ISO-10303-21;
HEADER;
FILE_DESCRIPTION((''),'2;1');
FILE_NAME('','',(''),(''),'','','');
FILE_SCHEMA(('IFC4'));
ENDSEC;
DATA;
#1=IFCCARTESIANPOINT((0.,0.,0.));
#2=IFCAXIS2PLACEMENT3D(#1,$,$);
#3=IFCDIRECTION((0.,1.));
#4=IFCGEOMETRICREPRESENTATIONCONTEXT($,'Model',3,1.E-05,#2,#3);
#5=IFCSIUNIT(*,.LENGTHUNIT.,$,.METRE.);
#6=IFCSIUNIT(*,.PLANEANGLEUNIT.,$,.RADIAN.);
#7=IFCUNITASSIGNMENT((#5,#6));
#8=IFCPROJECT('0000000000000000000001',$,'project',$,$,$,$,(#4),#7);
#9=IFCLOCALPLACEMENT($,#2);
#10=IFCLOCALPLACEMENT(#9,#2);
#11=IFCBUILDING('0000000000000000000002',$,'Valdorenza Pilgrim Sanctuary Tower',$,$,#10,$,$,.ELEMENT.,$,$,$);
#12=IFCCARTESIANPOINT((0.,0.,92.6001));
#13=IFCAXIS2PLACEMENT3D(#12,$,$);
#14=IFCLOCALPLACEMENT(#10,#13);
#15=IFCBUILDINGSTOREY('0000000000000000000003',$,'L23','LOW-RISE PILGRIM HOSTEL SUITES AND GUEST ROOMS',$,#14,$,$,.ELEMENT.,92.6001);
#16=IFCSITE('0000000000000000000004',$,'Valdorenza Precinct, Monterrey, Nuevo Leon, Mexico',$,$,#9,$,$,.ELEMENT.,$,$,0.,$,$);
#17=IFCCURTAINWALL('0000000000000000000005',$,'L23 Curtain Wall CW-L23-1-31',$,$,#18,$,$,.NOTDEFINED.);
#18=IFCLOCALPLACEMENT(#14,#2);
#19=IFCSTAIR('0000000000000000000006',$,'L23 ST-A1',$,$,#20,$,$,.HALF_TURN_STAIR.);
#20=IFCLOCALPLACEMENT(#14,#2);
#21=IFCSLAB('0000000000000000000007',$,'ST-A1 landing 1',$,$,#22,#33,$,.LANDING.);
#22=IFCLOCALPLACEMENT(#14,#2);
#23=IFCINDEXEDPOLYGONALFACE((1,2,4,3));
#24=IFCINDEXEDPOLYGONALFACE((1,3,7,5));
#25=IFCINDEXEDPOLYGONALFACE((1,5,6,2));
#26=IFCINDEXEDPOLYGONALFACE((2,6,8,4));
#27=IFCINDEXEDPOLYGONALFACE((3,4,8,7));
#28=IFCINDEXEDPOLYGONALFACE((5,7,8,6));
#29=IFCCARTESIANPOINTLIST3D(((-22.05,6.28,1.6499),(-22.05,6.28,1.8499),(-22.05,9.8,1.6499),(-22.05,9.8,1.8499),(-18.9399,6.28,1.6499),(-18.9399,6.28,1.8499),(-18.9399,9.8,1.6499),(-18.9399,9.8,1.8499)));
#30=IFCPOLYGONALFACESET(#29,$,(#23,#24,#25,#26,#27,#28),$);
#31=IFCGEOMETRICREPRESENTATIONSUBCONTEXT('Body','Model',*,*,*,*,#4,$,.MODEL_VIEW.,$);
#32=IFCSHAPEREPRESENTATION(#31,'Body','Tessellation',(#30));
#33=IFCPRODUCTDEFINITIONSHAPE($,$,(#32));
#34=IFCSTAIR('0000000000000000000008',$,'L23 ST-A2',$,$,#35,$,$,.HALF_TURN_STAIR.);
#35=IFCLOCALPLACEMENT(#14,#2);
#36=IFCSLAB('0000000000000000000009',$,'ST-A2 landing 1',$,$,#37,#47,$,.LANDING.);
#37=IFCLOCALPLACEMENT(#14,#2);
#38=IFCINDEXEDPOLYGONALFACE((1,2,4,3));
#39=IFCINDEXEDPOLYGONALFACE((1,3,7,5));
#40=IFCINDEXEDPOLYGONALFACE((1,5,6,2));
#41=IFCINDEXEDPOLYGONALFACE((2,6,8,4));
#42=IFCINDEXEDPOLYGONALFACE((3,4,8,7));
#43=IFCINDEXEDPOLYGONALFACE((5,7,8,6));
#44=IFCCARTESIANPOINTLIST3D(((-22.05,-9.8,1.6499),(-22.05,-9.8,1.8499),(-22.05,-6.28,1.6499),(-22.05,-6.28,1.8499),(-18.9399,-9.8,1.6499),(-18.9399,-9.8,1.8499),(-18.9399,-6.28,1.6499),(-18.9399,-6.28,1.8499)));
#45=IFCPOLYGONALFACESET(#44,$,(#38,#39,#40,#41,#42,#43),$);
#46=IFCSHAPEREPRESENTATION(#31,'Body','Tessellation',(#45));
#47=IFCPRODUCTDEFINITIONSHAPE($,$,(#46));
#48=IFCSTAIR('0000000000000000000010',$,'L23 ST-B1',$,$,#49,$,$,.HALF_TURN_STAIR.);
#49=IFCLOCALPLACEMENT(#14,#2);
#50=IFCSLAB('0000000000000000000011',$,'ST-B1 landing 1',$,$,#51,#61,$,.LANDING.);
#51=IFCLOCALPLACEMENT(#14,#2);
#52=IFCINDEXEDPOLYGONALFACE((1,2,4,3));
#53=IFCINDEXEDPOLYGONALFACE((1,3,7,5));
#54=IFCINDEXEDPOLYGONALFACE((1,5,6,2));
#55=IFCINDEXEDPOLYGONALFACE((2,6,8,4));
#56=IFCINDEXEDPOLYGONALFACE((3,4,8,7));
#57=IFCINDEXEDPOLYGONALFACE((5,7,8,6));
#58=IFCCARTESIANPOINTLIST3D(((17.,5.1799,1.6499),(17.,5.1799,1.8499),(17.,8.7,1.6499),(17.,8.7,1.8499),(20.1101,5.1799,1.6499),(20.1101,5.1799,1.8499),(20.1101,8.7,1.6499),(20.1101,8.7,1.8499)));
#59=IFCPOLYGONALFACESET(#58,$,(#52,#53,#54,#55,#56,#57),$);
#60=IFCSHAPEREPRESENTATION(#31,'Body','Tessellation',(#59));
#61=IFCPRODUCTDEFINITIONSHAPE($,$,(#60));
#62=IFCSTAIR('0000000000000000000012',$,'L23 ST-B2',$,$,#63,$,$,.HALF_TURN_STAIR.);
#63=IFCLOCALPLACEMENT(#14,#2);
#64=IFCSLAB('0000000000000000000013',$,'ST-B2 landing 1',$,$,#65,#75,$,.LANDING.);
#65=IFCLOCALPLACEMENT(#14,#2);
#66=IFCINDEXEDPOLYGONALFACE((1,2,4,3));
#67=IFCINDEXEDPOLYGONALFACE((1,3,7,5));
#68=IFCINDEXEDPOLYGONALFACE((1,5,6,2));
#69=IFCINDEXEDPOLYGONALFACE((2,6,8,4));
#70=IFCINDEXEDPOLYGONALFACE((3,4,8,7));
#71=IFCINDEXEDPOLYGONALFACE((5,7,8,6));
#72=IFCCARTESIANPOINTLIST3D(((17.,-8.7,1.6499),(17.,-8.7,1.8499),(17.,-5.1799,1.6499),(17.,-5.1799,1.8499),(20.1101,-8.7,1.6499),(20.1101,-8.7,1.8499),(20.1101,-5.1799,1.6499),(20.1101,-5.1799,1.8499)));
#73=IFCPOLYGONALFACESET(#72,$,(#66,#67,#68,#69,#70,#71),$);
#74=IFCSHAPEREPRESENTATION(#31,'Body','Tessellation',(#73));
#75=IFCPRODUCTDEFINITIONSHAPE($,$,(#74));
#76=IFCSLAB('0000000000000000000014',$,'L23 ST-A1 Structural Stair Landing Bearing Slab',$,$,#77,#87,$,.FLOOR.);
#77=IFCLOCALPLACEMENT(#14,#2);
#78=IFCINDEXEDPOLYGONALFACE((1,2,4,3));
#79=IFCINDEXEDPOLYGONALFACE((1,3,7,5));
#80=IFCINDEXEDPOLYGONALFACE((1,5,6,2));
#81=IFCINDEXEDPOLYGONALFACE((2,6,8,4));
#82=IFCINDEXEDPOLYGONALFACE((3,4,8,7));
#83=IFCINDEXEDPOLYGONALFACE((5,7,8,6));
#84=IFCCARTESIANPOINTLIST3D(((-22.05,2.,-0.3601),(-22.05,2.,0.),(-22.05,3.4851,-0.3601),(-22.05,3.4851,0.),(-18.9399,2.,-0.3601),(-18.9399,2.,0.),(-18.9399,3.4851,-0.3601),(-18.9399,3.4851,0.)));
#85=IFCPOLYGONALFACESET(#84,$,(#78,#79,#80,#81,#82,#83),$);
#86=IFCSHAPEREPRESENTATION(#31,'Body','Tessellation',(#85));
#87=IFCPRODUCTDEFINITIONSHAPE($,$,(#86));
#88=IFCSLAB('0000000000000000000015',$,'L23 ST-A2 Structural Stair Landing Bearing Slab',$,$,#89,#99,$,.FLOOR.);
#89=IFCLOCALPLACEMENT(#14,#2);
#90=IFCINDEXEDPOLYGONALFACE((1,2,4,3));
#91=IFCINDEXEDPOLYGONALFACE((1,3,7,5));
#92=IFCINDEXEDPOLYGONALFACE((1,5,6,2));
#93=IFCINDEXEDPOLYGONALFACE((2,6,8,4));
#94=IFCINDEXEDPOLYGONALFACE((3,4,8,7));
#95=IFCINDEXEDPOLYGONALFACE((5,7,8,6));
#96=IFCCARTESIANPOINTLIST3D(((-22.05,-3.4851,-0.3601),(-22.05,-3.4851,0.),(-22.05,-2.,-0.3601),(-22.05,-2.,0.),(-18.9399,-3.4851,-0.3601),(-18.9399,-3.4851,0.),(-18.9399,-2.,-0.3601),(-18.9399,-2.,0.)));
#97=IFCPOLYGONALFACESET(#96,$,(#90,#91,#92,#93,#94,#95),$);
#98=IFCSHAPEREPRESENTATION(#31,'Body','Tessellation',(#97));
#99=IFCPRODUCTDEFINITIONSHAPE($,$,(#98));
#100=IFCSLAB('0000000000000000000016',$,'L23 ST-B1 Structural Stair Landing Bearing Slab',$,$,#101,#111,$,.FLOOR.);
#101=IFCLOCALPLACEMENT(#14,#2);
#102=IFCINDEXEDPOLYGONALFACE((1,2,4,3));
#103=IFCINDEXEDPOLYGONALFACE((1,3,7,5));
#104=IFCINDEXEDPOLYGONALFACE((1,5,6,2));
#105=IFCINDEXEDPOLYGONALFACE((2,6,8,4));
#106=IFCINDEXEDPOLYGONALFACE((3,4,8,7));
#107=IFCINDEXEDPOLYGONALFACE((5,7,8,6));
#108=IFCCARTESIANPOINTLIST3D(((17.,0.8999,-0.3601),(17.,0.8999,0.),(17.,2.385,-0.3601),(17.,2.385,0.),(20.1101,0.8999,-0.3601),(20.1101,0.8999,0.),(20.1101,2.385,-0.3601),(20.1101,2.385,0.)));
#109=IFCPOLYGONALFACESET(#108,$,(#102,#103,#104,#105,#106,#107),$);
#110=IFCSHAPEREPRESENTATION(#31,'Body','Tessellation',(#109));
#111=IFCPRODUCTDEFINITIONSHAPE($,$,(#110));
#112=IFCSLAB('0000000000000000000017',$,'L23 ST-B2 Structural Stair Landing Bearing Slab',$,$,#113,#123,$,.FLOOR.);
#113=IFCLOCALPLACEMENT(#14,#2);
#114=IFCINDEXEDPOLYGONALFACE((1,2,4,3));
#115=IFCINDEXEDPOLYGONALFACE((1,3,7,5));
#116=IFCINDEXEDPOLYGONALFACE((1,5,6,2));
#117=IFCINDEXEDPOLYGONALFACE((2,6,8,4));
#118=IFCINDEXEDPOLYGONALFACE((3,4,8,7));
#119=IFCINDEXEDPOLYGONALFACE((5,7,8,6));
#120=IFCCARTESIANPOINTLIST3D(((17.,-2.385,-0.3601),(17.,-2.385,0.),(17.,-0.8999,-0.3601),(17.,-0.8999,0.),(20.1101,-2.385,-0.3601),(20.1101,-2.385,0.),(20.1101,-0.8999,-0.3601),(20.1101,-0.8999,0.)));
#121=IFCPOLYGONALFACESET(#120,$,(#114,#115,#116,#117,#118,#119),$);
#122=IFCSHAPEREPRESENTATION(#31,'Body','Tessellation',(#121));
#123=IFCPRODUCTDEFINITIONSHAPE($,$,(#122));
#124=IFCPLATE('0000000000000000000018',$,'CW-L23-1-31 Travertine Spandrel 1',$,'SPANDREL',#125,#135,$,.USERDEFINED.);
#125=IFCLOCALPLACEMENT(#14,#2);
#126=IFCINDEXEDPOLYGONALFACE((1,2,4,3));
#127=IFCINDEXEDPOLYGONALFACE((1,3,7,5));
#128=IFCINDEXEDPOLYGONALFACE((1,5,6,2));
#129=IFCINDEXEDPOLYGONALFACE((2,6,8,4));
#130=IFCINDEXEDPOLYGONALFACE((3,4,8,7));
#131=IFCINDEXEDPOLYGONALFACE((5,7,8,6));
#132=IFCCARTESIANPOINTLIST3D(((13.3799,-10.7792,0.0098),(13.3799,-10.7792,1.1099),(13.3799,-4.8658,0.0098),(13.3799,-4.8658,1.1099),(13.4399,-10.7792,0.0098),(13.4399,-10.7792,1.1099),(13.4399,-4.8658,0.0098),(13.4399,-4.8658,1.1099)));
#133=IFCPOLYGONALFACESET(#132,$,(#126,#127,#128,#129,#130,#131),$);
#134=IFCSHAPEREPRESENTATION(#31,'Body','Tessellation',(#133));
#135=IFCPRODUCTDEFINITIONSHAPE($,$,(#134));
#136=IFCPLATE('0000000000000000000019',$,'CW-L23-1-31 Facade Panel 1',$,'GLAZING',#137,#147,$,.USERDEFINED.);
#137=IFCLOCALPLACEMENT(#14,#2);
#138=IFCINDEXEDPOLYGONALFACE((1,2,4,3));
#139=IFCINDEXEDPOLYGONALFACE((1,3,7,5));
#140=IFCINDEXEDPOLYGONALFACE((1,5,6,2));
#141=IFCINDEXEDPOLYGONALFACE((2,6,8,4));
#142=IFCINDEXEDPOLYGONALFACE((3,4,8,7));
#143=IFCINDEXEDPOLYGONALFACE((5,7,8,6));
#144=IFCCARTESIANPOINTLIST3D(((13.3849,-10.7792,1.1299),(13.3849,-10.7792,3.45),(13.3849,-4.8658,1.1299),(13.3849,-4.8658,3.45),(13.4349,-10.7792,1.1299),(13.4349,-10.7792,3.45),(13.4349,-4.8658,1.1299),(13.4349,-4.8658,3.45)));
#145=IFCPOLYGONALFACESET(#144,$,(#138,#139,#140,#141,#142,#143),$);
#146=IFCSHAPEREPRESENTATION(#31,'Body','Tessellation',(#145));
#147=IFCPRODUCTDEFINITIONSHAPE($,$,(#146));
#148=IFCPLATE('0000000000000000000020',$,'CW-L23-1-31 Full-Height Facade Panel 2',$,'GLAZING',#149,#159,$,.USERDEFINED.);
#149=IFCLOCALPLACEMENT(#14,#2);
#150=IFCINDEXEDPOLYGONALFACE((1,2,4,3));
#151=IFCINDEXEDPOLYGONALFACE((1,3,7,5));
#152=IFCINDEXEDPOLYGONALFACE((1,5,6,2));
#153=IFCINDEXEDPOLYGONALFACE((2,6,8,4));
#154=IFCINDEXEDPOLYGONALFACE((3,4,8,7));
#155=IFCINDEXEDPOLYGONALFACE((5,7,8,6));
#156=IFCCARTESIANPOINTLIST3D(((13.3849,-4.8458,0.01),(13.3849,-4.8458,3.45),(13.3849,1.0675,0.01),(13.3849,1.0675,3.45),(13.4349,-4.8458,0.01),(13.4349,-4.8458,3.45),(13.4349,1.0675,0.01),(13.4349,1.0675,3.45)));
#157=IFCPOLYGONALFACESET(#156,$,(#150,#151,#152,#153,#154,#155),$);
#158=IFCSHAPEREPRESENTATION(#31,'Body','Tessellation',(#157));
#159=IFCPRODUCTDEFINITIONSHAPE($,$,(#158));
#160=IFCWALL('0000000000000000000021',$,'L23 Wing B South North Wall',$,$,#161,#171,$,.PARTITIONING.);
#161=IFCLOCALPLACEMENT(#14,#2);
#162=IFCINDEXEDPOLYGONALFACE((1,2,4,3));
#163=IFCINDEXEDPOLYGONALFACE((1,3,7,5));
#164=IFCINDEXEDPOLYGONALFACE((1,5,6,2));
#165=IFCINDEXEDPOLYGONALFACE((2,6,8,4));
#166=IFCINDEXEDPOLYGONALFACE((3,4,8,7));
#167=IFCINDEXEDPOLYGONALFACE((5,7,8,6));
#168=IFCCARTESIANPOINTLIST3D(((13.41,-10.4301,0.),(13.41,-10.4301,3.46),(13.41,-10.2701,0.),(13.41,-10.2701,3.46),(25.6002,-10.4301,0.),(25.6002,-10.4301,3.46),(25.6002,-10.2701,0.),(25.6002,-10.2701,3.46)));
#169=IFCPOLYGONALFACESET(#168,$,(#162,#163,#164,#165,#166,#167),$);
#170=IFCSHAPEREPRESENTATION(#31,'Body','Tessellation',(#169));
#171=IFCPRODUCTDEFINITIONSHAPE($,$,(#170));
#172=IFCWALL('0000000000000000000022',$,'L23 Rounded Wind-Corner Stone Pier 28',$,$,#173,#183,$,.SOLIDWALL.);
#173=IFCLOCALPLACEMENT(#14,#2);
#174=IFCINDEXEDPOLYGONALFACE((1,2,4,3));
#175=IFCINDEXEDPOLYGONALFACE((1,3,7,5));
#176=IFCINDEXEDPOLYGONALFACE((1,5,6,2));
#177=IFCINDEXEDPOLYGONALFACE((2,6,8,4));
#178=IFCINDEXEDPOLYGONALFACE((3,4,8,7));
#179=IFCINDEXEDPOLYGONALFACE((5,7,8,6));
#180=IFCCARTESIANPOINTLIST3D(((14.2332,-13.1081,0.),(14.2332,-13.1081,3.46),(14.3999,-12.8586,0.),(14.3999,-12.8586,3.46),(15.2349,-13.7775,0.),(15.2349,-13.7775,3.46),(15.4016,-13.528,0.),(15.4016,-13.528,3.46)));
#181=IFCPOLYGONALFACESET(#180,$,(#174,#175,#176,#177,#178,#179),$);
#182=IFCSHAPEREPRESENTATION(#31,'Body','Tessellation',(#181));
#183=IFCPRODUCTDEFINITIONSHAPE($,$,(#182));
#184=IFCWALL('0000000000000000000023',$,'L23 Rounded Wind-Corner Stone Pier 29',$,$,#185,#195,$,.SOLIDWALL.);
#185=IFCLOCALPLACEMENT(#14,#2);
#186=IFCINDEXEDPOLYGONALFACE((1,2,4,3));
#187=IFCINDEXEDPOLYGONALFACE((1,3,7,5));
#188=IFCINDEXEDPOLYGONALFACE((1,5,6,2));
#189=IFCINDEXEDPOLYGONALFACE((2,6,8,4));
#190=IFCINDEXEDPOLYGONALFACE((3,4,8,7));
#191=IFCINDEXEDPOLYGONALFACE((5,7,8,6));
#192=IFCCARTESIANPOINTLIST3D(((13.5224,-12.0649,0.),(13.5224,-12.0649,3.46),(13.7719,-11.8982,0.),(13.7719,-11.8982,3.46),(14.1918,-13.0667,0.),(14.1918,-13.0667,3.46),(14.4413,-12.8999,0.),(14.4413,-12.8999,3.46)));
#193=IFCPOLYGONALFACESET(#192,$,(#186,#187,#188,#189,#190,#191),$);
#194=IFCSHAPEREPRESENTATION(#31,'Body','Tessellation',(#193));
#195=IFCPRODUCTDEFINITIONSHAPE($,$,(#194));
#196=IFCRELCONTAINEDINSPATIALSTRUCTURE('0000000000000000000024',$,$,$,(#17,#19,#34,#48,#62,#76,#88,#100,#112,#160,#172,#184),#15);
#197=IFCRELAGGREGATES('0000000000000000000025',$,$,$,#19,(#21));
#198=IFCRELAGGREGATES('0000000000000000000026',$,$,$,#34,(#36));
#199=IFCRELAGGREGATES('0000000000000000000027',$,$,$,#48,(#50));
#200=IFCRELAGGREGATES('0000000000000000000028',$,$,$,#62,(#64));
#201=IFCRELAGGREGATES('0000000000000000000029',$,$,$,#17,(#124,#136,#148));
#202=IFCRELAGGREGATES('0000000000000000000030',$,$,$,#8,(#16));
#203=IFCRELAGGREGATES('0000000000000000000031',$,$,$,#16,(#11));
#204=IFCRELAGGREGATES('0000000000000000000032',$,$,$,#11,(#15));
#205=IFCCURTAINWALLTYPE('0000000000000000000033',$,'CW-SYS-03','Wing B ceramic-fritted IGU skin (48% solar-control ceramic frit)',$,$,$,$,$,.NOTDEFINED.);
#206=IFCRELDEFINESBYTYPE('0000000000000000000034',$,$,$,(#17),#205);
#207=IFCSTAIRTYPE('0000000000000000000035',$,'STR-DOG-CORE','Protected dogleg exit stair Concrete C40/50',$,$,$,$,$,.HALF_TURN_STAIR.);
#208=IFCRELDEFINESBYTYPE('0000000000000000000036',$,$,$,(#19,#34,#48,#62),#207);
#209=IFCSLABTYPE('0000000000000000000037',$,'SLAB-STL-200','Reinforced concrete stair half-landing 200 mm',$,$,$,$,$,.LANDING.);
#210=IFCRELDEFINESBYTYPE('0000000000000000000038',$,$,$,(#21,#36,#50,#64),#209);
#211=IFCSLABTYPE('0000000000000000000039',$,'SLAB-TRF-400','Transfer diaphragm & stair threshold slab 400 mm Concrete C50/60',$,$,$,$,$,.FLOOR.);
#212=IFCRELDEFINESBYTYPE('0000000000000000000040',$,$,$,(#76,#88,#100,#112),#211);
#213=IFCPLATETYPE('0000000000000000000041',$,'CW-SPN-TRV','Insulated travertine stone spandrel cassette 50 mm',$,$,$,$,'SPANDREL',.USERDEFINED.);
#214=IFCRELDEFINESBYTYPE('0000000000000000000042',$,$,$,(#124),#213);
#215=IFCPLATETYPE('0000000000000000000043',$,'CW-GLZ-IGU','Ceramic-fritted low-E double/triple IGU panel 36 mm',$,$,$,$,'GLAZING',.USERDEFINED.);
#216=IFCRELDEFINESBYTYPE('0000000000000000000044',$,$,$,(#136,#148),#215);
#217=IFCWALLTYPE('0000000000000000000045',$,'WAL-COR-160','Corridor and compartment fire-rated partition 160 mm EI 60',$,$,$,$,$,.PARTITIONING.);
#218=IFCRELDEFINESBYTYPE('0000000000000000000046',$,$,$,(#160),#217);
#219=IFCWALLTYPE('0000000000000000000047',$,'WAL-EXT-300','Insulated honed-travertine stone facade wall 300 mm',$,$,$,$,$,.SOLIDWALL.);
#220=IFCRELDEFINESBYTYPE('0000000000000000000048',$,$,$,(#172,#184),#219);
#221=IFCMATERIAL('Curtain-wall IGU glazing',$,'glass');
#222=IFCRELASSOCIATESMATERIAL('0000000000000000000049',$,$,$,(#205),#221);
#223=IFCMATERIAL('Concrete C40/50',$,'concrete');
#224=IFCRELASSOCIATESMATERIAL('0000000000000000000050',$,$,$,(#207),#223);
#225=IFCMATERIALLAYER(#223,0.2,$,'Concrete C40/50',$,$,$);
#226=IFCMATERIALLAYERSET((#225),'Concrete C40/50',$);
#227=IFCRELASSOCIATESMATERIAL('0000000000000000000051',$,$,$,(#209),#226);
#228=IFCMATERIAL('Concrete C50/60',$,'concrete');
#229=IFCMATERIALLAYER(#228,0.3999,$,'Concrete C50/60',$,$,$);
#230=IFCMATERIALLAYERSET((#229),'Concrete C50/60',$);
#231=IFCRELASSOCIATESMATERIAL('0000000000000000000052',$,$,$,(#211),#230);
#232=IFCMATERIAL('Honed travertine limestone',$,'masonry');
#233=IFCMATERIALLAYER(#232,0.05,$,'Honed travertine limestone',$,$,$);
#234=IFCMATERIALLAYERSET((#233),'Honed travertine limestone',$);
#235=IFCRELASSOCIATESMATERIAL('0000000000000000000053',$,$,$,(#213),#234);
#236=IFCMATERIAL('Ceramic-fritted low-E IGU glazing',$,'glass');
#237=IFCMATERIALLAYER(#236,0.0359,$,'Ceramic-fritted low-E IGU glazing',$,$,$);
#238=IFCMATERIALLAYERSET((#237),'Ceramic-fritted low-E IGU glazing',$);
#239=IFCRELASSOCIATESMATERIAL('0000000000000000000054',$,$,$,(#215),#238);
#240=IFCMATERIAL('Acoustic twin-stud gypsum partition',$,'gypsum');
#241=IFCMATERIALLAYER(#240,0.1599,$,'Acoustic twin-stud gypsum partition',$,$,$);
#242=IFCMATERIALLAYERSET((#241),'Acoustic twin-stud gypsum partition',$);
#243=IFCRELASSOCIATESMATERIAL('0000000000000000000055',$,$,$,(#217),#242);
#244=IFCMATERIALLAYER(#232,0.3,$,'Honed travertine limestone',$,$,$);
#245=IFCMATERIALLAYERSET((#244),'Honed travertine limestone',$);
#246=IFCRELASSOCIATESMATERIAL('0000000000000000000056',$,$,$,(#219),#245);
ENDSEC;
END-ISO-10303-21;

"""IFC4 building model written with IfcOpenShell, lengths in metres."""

from ifc_helpers import new_model, si_unit, direction, frame, frame_2d, origin, origin_2d, place, context, subcontext, project, spatial, polyline, rectangle, outline, extrude, source, transform, mapped, material, layer, layer_set, type_object, element, aggregate, save


model = new_model("IFC4")

# Units and contexts
model_context = context("Model", 3, precision=1e-05, world=origin(), true_north=direction((0.0, 1.0)))
body_context = subcontext(model_context, "Body", "Model", "MODEL_VIEW")
ifc_project = project(units=[si_unit("LENGTHUNIT", "METRE"), si_unit("PLANEANGLEUNIT", "RADIAN")], contexts=[model_context])

# Site, building, storey
site_placement = place(None, origin())
site = spatial("IfcSite", under=ifc_project, at=site_placement, Name="Valdorenza Precinct, Monterrey, Nuevo Leon, Mexico", CompositionType="ELEMENT", RefElevation=0.0)
building_placement = place(site_placement, origin())
building = spatial("IfcBuilding", under=site, at=building_placement, Name="Valdorenza Pilgrim Sanctuary Tower", CompositionType="ELEMENT")
storey_placement = place(building_placement, frame((0.0, 0.0, 92.6001)))
storey = spatial("IfcBuildingStorey", under=building, at=storey_placement, Name="L23", Description="LOW-RISE PILGRIM HOSTEL SUITES AND GUEST ROOMS", CompositionType="ELEMENT", Elevation=92.6001)

# Curtain wall
ifc_material_1 = material(Name="Curtain-wall IGU glazing", Category="glass")
curtain_wall_type = type_object("IfcCurtainWallType", Name="CW-SYS-03", Description="Wing B ceramic-fritted IGU skin (48% solar-control ceramic frit)", PredefinedType="NOTDEFINED", material=ifc_material_1)
curtain_wall_placement = place(storey_placement, origin())
curtain_wall = element("IfcCurtainWall", 1, at=curtain_wall_placement, inside=storey, type_object=curtain_wall_type, Name="L23 Curtain Wall CW-L23-1-31", PredefinedType="NOTDEFINED")

# Shared definitions
ifc_material_2 = material(Name="Concrete C40/50", Category="concrete")

# Stairs, slabs
stair_type = type_object("IfcStairType", Name="STR-DOG-CORE", Description="Protected dogleg exit stair Concrete C40/50", PredefinedType="HALF_TURN_STAIR", material=ifc_material_2)
stair_1_placement = place(storey_placement, origin())
stair_1 = element("IfcStair", 2, at=stair_1_placement, inside=storey, type_object=stair_type, Name="L23 ST-A1", PredefinedType="HALF_TURN_STAIR")
ifc_layer_1 = layer(ifc_material_2, 0.2, Name="Concrete C40/50")
ifc_layer_set_1 = layer_set([ifc_layer_1], Name="Concrete C40/50")
slab_type_1 = type_object("IfcSlabType", Name="SLAB-STL-200", Description="Reinforced concrete stair half-landing 200 mm", PredefinedType="LANDING", material=ifc_layer_set_1)
slab_1_placement = place(storey_placement, frame((0.0, 0.0, 1.6499)))
slab_1 = element("IfcSlab", 3, at=slab_1_placement, type_object=slab_type_1, Name="ST-A1 landing 1", PredefinedType="LANDING", context=body_context, shape_type="SweptSolid", body=[
    extrude(outline(polyline([(-18.9399, 6.28), (-18.9399, 9.8), (-22.05, 9.8), (-22.05, 6.28), (-18.9399, 6.28)])), origin(), (0.0, 0.0, 1.0), 0.2),
])
aggregate(stair_1, [slab_1])
stair_2_placement = place(storey_placement, origin())
stair_2 = element("IfcStair", 4, at=stair_2_placement, inside=storey, type_object=stair_type, Name="L23 ST-A2", PredefinedType="HALF_TURN_STAIR")
slab_2_placement = place(storey_placement, frame((0.0, 0.0, 1.6499)))
slab_2 = element("IfcSlab", 5, at=slab_2_placement, type_object=slab_type_1, Name="ST-A2 landing 1", PredefinedType="LANDING", context=body_context, shape_type="SweptSolid", body=[
    extrude(outline(polyline([(-22.05, -6.28), (-22.05, -9.8), (-18.9399, -9.8), (-18.9399, -6.28), (-22.05, -6.28)])), origin(), (0.0, 0.0, 1.0), 0.2),
])
aggregate(stair_2, [slab_2])
stair_3_placement = place(storey_placement, origin())
stair_3 = element("IfcStair", 6, at=stair_3_placement, inside=storey, type_object=stair_type, Name="L23 ST-B1", PredefinedType="HALF_TURN_STAIR")
slab_3_placement = place(storey_placement, frame((0.0, 0.0, 1.6499)))
slab_3 = element("IfcSlab", 7, at=slab_3_placement, type_object=slab_type_1, Name="ST-B1 landing 1", PredefinedType="LANDING", context=body_context, shape_type="SweptSolid", body=[
    extrude(outline(polyline([(20.1101, 5.1799), (20.1101, 8.7), (17.0, 8.7), (17.0, 5.1799), (20.1101, 5.1799)])), origin(), (0.0, 0.0, 1.0), 0.2),
])
aggregate(stair_3, [slab_3])
stair_4_placement = place(storey_placement, origin())
stair_4 = element("IfcStair", 8, at=stair_4_placement, inside=storey, type_object=stair_type, Name="L23 ST-B2", PredefinedType="HALF_TURN_STAIR")
slab_4_placement = place(storey_placement, frame((0.0, 0.0, 1.6499)))
slab_4 = element("IfcSlab", 9, at=slab_4_placement, type_object=slab_type_1, Name="ST-B2 landing 1", PredefinedType="LANDING", context=body_context, shape_type="SweptSolid", body=[
    extrude(outline(polyline([(17.0, -5.1799), (17.0, -8.7), (20.1101, -8.7), (20.1101, -5.1799), (17.0, -5.1799)])), origin(), (0.0, 0.0, 1.0), 0.2),
])
aggregate(stair_4, [slab_4])

# Slabs
ifc_material_3 = material(Name="Concrete C50/60", Category="concrete")
ifc_layer_2 = layer(ifc_material_3, 0.3999, Name="Concrete C50/60")
ifc_layer_set_2 = layer_set([ifc_layer_2], Name="Concrete C50/60")
slab_type_2 = type_object("IfcSlabType", Name="SLAB-TRF-400", Description="Transfer diaphragm & stair threshold slab 400 mm Concrete C50/60", PredefinedType="FLOOR", material=ifc_layer_set_2)
slab_5_placement = place(storey_placement, frame((0.0, 0.0, -0.3601)))
element("IfcSlab", 10, at=slab_5_placement, inside=storey, type_object=slab_type_2, Name="L23 ST-A1 Structural Stair Landing Bearing Slab", PredefinedType="FLOOR", context=body_context, shape_type="SweptSolid", body=[
    extrude(outline(polyline([(-22.05, 2.0), (-18.9399, 2.0), (-18.9399, 3.4851), (-22.05, 3.4851), (-22.05, 2.0)])), origin(), (0.0, 0.0, 1.0), 0.3601),
])
slab_6_placement = place(storey_placement, frame((0.0, 0.0, -0.3601)))
element("IfcSlab", 11, at=slab_6_placement, inside=storey, type_object=slab_type_2, Name="L23 ST-A2 Structural Stair Landing Bearing Slab", PredefinedType="FLOOR", context=body_context, shape_type="SweptSolid", body=[
    extrude(outline(polyline([(-22.05, -3.4851), (-18.9399, -3.4851), (-18.9399, -2.0), (-22.05, -2.0), (-22.05, -3.4851)])), origin(), (0.0, 0.0, 1.0), 0.3601),
])
slab_7_placement = place(storey_placement, frame((0.0, 0.0, -0.3601)))
element("IfcSlab", 12, at=slab_7_placement, inside=storey, type_object=slab_type_2, Name="L23 ST-B1 Structural Stair Landing Bearing Slab", PredefinedType="FLOOR", context=body_context, shape_type="SweptSolid", body=[
    extrude(outline(polyline([(17.0, 0.8999), (20.1101, 0.8999), (20.1101, 2.385), (17.0, 2.385), (17.0, 0.8999)])), origin(), (0.0, 0.0, 1.0), 0.3601),
])
slab_8_placement = place(storey_placement, frame((0.0, 0.0, -0.3601)))
element("IfcSlab", 13, at=slab_8_placement, inside=storey, type_object=slab_type_2, Name="L23 ST-B2 Structural Stair Landing Bearing Slab", PredefinedType="FLOOR", context=body_context, shape_type="SweptSolid", body=[
    extrude(outline(polyline([(17.0, -2.385), (20.1101, -2.385), (20.1101, -0.8999), (17.0, -0.8999), (17.0, -2.385)])), origin(), (0.0, 0.0, 1.0), 0.3601),
])

# Plates
ifc_material_4 = material(Name="Honed travertine limestone", Category="masonry")
ifc_layer_3 = layer(ifc_material_4, 0.05, Name="Honed travertine limestone")
ifc_layer_set_3 = layer_set([ifc_layer_3], Name="Honed travertine limestone")
plate_type_1 = type_object("IfcPlateType", Name="CW-SPN-TRV", Description="Insulated travertine stone spandrel cassette 50 mm", ElementType="SPANDREL", PredefinedType="USERDEFINED", material=ifc_layer_set_3)
shared_shape_1 = source(origin(), body_context, "Body", "SweptSolid", [
    extrude(rectangle(XDim=5.9133, YDim=0.0601, at=origin_2d()), origin(), (0.0, 0.0, 1.0), 1.1001),
])
plate_1_placement = place(storey_placement, frame((13.4099, -7.8225, 0.0098), z_axis=(0.0, 0.0, 1.0), x_axis=(0.0, 1.0, 0.0)))
plate_1 = element("IfcPlate", 14, at=plate_1_placement, type_object=plate_type_1, Name="CW-L23-1-31 Travertine Spandrel 1", ObjectType="SPANDREL", PredefinedType="USERDEFINED", context=body_context, shape_type="MappedRepresentation", body=[
    mapped(shared_shape_1, transform((0.0, 0.0, 0.0), x_axis=(1.0, 0.0, 0.0), y_axis=(0.0, 1.0, 0.0), z_axis=(0.0, 0.0, 1.0), scale=1.0)),
])
ifc_material_5 = material(Name="Ceramic-fritted low-E IGU glazing", Category="glass")
ifc_layer_4 = layer(ifc_material_5, 0.0359, Name="Ceramic-fritted low-E IGU glazing")
ifc_layer_set_4 = layer_set([ifc_layer_4], Name="Ceramic-fritted low-E IGU glazing")
plate_type_2 = type_object("IfcPlateType", Name="CW-GLZ-IGU", Description="Ceramic-fritted low-E double/triple IGU panel 36 mm", ElementType="GLAZING", PredefinedType="USERDEFINED", material=ifc_layer_set_4)
shared_shape_2 = source(origin(), body_context, "Body", "SweptSolid", [
    extrude(rectangle(XDim=5.9133, YDim=0.05, at=origin_2d()), origin(), (0.0, 0.0, 1.0), 2.3201),
])
plate_2_placement = place(storey_placement, frame((13.4099, -7.8225, 1.1299), z_axis=(0.0, 0.0, 1.0), x_axis=(0.0, 1.0, 0.0)))
plate_2 = element("IfcPlate", 15, at=plate_2_placement, type_object=plate_type_2, Name="CW-L23-1-31 Facade Panel 1", ObjectType="GLAZING", PredefinedType="USERDEFINED", context=body_context, shape_type="MappedRepresentation", body=[
    mapped(shared_shape_2, transform((0.0, 0.0, 0.0), x_axis=(1.0, 0.0, 0.0), y_axis=(0.0, 1.0, 0.0), z_axis=(0.0, 0.0, 1.0), scale=1.0)),
])
shared_shape_3 = source(origin(), body_context, "Body", "SweptSolid", [
    extrude(rectangle(XDim=5.9133, YDim=0.05, at=origin_2d()), origin(), (0.0, 0.0, 1.0), 3.4399),
])
plate_3_placement = place(storey_placement, frame((13.4099, -1.8892, 0.01), z_axis=(0.0, 0.0, 1.0), x_axis=(0.0, 1.0, 0.0)))
plate_3 = element("IfcPlate", 16, at=plate_3_placement, type_object=plate_type_2, Name="CW-L23-1-31 Full-Height Facade Panel 2", ObjectType="GLAZING", PredefinedType="USERDEFINED", context=body_context, shape_type="MappedRepresentation", body=[
    mapped(shared_shape_3, transform((0.0, 0.0, 0.0), x_axis=(1.0, 0.0, 0.0), y_axis=(0.0, 1.0, 0.0), z_axis=(0.0, 0.0, 1.0), scale=1.0)),
])
aggregate(curtain_wall, [plate_1, plate_2, plate_3])

# Walls
ifc_material_6 = material(Name="Acoustic twin-stud gypsum partition", Category="gypsum")
ifc_layer_5 = layer(ifc_material_6, 0.1599, Name="Acoustic twin-stud gypsum partition")
ifc_layer_set_5 = layer_set([ifc_layer_5], Name="Acoustic twin-stud gypsum partition")
wall_type_1 = type_object("IfcWallType", Name="WAL-COR-160", Description="Corridor and compartment fire-rated partition 160 mm EI 60", PredefinedType="PARTITIONING", material=ifc_layer_set_5)
wall_1_placement = place(storey_placement, frame((13.4099, -10.3501, 0.0), z_axis=(0.0, 0.0, 1.0), x_axis=(1.0, 0.0, 0.0)))
element("IfcWall", 17, at=wall_1_placement, inside=storey, type_object=wall_type_1, Name="L23 Wing B South North Wall", PredefinedType="PARTITIONING", context=body_context, shape_type="SweptSolid", body=[
    extrude(rectangle(XDim=12.1902, YDim=0.1599, at=frame_2d((6.0952, 0.0))), origin(), (0.0, 0.0, 1.0), 3.46),
])
ifc_layer_6 = layer(ifc_material_4, 0.3, Name="Honed travertine limestone")
ifc_layer_set_6 = layer_set([ifc_layer_6], Name="Honed travertine limestone")
wall_type_2 = type_object("IfcWallType", Name="WAL-EXT-300", Description="Insulated honed-travertine stone facade wall 300 mm", PredefinedType="SOLIDWALL", material=ifc_layer_set_6)
for number, where, z_axis, x_axis, name in (
    (18, (15.3184, -13.6528, 0.0), (0.0, 0.0, 1.0), (-0.831426, 0.555635, 0.0), "L23 Rounded Wind-Corner Stone Pier 28"),
    (19, (14.3167, -12.9834, 0.0), (0.0, 0.0, 1.0), (-0.555635, 0.831426, 0.0), "L23 Rounded Wind-Corner Stone Pier 29"),
):
    element("IfcWall", number, at=place(storey_placement, frame(where, z_axis=z_axis, x_axis=x_axis)), inside=storey, type_object=wall_type_2, Name=name, PredefinedType="SOLIDWALL", context=body_context, shape_type="SweptSolid", body=[
        extrude(rectangle(XDim=1.2048, YDim=0.3, at=frame_2d((0.6025, 0.0))), origin(), (0.0, 0.0, 1.0), 3.46),
    ])

save(model, "model.ifc")
